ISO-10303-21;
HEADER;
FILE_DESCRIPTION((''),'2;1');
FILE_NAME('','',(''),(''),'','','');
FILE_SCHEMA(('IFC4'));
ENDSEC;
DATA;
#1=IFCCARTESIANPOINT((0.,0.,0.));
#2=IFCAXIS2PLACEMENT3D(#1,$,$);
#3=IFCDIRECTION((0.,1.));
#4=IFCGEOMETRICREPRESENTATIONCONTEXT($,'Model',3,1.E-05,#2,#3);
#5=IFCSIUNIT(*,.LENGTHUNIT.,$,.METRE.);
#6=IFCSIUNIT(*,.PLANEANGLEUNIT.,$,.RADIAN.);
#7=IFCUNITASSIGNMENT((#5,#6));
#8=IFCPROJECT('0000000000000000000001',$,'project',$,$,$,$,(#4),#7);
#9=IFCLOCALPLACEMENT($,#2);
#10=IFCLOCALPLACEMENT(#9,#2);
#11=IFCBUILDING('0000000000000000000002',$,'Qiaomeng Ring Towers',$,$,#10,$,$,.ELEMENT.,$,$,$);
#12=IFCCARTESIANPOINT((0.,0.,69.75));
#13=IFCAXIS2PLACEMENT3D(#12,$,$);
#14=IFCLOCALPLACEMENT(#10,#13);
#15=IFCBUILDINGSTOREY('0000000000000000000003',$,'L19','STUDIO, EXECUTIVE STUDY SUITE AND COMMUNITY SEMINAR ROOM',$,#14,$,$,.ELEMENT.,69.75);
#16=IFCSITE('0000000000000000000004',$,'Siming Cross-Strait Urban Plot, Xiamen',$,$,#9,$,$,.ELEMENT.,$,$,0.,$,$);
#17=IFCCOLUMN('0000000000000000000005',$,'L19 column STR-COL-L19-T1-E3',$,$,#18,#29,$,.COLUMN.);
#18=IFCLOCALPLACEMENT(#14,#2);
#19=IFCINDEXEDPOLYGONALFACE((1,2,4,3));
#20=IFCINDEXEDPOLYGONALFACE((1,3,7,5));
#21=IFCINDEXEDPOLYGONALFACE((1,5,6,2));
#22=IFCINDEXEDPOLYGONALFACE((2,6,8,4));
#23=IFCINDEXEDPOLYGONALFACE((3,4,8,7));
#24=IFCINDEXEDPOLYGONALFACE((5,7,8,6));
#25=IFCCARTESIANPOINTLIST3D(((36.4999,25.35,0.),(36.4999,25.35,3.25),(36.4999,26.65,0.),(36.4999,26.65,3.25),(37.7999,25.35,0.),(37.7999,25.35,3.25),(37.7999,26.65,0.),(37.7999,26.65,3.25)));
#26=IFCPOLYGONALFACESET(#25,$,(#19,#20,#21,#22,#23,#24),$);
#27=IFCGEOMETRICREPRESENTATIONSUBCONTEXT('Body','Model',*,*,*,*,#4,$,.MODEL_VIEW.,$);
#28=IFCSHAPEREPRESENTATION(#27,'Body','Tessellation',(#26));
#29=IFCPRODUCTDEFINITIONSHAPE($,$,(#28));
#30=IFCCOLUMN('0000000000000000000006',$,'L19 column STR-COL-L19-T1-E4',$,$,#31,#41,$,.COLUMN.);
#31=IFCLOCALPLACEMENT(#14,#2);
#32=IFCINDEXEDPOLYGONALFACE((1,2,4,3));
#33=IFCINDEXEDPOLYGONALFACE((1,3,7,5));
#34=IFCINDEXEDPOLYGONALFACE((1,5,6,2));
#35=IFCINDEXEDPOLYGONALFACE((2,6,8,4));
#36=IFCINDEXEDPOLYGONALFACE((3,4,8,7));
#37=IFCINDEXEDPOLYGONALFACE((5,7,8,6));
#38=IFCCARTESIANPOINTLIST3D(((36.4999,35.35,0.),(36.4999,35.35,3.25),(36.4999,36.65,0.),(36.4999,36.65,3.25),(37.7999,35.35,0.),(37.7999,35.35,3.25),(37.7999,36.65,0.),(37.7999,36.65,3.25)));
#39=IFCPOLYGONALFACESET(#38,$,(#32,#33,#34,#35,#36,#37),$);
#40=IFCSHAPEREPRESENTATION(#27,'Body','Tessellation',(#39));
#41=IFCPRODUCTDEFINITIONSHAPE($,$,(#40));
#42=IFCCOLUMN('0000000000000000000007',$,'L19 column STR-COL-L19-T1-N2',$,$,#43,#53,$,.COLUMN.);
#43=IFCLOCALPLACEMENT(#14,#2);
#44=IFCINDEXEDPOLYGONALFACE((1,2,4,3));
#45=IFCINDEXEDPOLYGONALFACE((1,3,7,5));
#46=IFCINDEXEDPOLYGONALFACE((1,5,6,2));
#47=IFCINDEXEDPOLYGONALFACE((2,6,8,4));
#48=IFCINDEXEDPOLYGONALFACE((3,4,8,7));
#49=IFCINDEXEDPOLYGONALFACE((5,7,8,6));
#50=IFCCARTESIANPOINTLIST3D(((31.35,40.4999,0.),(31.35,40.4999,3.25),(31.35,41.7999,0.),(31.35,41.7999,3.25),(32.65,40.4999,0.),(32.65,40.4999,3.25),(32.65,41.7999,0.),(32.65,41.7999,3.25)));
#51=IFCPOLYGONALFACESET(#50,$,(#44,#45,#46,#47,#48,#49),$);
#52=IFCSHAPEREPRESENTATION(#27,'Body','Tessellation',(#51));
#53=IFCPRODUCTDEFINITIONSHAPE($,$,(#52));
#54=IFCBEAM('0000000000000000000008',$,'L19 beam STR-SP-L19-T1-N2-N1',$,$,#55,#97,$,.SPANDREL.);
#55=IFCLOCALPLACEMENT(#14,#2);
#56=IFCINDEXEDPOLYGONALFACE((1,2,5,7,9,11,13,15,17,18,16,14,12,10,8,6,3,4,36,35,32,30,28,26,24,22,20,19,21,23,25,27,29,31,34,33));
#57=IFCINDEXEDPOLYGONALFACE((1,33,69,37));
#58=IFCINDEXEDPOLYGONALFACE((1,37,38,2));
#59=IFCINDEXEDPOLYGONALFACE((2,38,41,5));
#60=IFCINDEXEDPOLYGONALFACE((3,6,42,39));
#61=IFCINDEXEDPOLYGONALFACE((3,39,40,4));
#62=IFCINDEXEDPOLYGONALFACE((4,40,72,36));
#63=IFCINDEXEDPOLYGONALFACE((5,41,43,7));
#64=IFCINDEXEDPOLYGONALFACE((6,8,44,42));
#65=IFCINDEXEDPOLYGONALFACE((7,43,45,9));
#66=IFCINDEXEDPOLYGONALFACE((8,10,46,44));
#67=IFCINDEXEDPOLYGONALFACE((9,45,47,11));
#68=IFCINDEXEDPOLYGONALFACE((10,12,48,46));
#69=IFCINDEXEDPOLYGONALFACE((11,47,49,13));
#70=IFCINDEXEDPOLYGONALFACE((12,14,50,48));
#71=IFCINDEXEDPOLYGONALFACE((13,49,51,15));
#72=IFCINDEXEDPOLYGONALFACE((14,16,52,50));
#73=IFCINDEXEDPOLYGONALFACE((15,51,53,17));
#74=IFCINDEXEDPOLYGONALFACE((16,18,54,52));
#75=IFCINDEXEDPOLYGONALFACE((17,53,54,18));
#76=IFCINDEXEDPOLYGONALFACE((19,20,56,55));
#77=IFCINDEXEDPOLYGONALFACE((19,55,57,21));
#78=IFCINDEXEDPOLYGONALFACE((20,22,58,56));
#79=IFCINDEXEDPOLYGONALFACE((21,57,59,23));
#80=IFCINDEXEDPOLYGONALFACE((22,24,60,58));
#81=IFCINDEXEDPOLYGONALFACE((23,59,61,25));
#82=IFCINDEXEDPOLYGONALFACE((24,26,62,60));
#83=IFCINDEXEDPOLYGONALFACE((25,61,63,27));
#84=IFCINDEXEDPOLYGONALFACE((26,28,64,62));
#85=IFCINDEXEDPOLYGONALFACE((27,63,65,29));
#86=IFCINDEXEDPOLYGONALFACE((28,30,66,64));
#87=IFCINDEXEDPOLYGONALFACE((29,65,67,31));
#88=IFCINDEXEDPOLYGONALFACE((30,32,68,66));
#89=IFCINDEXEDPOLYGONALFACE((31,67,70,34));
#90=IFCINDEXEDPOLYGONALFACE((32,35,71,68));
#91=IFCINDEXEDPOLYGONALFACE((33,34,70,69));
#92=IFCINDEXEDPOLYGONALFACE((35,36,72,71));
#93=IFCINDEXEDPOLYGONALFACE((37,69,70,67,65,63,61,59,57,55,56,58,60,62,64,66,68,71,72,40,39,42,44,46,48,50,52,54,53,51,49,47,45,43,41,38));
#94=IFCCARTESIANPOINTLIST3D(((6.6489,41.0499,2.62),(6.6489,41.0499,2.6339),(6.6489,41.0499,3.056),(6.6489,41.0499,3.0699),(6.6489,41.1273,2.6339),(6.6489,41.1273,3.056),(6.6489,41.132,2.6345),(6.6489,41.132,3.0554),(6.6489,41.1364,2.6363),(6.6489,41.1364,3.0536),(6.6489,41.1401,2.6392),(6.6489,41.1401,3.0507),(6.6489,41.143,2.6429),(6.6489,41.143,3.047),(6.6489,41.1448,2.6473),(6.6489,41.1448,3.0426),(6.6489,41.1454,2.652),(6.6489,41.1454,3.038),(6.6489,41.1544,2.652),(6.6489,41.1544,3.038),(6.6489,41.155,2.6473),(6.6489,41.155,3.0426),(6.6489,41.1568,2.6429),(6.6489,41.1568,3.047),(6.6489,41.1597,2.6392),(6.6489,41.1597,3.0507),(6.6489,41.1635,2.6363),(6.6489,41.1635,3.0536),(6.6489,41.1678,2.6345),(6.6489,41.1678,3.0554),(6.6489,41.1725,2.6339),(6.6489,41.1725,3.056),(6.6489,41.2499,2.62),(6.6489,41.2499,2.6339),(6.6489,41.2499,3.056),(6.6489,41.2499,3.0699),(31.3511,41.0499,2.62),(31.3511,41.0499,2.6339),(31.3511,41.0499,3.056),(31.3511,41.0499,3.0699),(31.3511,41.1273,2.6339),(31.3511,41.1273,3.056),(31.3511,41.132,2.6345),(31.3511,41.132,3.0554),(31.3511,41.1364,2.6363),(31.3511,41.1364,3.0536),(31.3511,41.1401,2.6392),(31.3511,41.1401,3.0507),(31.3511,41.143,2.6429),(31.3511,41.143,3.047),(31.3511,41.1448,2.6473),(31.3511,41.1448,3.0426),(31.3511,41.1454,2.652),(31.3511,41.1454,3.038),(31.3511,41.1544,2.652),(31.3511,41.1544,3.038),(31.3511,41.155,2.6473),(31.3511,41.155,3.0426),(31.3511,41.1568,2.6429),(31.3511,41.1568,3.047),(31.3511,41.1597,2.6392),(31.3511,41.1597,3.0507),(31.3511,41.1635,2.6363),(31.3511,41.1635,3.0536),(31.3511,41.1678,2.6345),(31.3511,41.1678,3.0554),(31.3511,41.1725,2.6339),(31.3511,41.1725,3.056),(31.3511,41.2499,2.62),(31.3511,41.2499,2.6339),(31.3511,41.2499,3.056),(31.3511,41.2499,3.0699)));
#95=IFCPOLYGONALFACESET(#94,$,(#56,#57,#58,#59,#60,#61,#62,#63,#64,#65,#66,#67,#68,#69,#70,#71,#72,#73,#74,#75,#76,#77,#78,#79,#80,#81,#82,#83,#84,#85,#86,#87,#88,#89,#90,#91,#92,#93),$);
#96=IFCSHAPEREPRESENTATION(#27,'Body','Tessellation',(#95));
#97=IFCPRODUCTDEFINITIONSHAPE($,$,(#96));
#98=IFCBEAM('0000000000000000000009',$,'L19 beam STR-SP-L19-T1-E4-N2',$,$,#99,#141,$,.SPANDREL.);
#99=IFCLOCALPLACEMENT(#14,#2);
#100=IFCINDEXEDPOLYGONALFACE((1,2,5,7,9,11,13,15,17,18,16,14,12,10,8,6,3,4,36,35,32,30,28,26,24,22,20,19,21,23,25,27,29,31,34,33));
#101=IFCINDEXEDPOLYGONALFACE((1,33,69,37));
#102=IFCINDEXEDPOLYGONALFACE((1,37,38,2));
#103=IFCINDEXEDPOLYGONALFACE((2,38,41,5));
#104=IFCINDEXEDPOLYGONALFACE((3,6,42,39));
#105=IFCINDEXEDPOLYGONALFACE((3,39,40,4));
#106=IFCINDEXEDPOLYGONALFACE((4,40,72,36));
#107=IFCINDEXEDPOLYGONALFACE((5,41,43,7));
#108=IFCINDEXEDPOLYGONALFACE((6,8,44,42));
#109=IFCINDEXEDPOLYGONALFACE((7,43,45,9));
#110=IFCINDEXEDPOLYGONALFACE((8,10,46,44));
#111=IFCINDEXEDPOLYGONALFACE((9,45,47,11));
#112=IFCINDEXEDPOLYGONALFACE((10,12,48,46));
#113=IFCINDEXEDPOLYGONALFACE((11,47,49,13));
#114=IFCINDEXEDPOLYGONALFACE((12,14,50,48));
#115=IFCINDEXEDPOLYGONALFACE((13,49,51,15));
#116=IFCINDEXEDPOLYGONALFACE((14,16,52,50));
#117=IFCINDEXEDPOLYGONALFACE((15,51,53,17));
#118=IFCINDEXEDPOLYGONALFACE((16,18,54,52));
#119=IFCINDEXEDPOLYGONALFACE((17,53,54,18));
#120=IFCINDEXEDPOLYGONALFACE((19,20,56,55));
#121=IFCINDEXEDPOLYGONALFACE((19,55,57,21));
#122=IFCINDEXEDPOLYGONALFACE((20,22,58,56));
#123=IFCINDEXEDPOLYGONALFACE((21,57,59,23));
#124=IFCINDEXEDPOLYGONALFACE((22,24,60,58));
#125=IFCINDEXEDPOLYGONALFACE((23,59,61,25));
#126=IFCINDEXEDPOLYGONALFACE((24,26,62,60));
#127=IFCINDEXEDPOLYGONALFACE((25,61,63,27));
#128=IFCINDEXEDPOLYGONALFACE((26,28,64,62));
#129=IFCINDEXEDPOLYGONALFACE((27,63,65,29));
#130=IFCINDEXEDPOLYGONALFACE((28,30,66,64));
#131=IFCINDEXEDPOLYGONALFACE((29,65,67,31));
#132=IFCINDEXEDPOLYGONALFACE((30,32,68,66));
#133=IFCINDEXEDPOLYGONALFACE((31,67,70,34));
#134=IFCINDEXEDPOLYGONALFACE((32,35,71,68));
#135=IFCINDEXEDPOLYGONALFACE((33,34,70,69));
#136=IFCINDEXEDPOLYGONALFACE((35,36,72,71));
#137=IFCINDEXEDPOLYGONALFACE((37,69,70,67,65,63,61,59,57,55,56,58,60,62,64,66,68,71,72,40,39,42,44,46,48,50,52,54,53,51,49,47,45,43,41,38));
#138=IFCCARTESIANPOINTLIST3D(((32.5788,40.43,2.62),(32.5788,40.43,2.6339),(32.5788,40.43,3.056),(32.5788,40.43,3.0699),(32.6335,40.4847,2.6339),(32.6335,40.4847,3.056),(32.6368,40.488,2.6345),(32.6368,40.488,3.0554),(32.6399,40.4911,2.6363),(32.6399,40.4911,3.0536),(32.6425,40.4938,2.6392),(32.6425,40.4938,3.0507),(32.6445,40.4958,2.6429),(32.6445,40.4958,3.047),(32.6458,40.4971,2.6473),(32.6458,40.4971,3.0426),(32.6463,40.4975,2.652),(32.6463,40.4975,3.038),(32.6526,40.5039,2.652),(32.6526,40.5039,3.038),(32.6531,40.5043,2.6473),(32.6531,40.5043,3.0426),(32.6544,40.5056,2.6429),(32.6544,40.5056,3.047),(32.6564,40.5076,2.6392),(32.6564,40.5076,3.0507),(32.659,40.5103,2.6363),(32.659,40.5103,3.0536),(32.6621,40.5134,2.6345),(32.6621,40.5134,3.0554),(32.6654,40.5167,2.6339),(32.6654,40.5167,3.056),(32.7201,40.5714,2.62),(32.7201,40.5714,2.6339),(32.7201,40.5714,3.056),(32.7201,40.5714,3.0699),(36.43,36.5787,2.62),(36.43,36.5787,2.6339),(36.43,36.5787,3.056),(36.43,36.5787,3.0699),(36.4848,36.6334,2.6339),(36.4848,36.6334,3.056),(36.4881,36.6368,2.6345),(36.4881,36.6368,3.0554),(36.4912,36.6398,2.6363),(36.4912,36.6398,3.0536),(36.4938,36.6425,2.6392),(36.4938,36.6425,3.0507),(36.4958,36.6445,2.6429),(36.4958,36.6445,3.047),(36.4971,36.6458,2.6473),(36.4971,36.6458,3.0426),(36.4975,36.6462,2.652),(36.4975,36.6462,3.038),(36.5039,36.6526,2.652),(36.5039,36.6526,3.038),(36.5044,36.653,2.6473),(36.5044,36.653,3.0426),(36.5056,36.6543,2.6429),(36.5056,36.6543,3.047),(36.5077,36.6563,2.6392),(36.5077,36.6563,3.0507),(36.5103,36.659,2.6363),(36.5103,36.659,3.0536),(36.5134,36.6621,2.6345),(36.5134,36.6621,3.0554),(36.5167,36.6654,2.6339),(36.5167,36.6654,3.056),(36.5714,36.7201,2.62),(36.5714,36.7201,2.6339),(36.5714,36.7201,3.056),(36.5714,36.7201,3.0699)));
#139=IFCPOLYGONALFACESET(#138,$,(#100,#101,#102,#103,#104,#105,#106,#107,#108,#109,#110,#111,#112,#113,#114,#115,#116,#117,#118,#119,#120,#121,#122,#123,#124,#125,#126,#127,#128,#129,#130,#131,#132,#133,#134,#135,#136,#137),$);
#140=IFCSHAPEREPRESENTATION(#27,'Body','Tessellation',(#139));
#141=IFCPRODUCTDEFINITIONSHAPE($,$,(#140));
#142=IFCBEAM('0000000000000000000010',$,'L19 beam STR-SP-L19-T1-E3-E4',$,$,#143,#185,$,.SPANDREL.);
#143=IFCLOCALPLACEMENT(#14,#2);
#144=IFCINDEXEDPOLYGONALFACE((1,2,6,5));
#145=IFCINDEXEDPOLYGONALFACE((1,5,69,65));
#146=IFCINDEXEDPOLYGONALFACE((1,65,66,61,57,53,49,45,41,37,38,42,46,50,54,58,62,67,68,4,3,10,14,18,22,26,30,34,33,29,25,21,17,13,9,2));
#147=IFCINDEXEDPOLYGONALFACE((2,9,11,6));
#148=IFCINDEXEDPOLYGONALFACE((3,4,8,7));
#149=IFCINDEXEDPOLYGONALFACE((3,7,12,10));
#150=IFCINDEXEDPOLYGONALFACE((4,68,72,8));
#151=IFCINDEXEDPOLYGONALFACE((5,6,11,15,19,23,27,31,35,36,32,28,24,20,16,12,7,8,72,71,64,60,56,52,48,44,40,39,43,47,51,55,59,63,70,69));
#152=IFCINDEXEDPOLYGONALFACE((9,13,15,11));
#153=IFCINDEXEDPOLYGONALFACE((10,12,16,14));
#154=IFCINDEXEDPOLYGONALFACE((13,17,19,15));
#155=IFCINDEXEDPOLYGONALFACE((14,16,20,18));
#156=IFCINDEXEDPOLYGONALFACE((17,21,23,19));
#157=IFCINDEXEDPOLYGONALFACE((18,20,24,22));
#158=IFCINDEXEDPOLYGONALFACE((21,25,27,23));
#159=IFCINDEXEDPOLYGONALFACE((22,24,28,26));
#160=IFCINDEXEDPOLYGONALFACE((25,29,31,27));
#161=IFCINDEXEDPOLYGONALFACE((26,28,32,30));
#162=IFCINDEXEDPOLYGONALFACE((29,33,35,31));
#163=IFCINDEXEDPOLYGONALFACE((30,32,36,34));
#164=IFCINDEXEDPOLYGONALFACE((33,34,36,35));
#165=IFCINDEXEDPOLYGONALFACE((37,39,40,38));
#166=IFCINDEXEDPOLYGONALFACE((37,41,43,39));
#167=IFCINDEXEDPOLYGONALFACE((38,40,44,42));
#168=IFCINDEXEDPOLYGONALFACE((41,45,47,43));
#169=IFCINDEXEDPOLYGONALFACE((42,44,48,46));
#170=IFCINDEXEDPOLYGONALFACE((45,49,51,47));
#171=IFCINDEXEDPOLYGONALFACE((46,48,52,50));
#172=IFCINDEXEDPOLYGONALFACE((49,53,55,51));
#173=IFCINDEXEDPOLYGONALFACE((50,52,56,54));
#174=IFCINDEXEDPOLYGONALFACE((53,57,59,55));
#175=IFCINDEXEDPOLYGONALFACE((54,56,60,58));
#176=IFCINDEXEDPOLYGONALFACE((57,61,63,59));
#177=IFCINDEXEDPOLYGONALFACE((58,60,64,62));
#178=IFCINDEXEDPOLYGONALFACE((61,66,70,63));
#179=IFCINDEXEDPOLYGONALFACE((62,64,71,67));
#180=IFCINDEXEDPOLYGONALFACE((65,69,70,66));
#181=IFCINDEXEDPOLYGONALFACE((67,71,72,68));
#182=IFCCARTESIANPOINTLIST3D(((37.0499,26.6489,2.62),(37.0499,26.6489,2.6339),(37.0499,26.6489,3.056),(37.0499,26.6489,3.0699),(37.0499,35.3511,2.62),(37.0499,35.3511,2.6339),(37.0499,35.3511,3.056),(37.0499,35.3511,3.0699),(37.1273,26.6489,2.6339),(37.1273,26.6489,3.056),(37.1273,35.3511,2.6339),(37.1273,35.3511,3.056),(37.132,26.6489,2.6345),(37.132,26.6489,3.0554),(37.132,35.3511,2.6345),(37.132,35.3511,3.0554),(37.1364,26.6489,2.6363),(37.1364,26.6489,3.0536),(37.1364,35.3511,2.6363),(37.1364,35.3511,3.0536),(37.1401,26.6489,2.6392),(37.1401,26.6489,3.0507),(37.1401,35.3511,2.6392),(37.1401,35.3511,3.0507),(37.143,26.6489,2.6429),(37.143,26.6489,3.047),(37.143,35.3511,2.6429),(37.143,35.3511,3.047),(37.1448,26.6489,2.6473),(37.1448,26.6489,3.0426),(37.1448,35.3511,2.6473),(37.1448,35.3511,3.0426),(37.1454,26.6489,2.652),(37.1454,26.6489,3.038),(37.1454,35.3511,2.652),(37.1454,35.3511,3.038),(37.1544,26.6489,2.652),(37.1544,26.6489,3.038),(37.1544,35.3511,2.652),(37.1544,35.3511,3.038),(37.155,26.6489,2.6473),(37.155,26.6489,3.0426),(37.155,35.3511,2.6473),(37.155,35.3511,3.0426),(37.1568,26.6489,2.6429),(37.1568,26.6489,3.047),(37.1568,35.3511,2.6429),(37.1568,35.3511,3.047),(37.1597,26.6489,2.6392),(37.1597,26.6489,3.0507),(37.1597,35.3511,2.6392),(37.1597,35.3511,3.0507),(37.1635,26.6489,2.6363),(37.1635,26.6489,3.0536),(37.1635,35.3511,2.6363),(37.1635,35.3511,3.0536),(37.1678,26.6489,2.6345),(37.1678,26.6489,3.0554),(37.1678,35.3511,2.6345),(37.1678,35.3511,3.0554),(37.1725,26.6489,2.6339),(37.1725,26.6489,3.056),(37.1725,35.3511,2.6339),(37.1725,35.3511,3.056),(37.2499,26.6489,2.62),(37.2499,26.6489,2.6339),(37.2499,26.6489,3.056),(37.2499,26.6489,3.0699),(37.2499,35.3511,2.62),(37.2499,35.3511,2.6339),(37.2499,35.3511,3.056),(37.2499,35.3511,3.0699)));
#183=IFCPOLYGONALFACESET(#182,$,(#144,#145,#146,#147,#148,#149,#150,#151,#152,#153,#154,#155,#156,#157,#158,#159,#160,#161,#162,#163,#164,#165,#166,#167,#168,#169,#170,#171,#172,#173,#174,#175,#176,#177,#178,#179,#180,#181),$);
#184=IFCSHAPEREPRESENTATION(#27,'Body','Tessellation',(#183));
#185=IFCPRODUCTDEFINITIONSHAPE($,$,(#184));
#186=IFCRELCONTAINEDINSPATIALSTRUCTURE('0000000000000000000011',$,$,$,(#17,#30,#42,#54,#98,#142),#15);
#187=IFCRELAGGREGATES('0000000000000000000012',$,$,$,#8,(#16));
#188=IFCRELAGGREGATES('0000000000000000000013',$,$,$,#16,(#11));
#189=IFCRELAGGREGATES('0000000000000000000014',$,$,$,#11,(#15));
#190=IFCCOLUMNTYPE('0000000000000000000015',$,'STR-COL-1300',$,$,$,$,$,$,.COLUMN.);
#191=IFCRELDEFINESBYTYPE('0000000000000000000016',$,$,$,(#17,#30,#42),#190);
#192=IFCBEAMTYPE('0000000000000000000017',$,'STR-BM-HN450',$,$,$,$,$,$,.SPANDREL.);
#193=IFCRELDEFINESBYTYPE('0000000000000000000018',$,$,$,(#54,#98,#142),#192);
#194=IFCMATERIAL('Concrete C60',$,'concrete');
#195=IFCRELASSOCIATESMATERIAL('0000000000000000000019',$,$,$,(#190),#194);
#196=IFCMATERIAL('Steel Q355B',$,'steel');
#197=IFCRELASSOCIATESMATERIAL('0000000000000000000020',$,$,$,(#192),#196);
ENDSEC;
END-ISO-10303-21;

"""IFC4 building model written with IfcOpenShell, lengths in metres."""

from ifc_helpers import new_model, si_unit, direction, frame, origin, origin_2d, place, context, subcontext, project, spatial, rectangle, i_section, extrude, source, transform, mapped, material, material_profile, profile_set, type_object, element, save


model = new_model("IFC4")

# Units and contexts
model_context = context("Model", 3, precision=1e-05, world=origin(), true_north=direction((0.0, 1.0)))
body_context = subcontext(model_context, "Body", "Model", "MODEL_VIEW")
ifc_project = project(units=[si_unit("LENGTHUNIT", "METRE"), si_unit("PLANEANGLEUNIT", "RADIAN")], contexts=[model_context])

# Site, building, storey
site_placement = place(None, origin())
site = spatial("IfcSite", under=ifc_project, at=site_placement, Name="Siming Cross-Strait Urban Plot, Xiamen", CompositionType="ELEMENT", RefElevation=0.0)
building_placement = place(site_placement, origin())
building = spatial("IfcBuilding", under=site, at=building_placement, Name="Qiaomeng Ring Towers", CompositionType="ELEMENT")
storey_placement = place(building_placement, frame((0.0, 0.0, 69.75)))
storey = spatial("IfcBuildingStorey", under=building, at=storey_placement, Name="L19", Description="STUDIO, EXECUTIVE STUDY SUITE AND COMMUNITY SEMINAR ROOM", CompositionType="ELEMENT", Elevation=69.75)

# Columns
ifc_material_1 = material(Name="Concrete C60", Category="concrete")
ifc_material_profile_1 = material_profile(ifc_material_1, rectangle(XDim=1.3, YDim=1.3, at=origin_2d()), Name="RC COL 1300x1300")
ifc_profile_set_1 = profile_set([ifc_material_profile_1], Name="Concrete C60")
column_type = type_object("IfcColumnType", Name="STR-COL-1300", PredefinedType="COLUMN", material=ifc_profile_set_1)
shared_shape_1 = source(origin(), body_context, "Body", "SweptSolid", [
    extrude(rectangle(XDim=1.3, YDim=1.3, at=origin_2d()), origin(), (0.0, 0.0, 1.0), 3.25),
])
for number, where, z_axis, x_axis, name in (
    (1, (37.1499, 26.0, 0.0), (0.0, 0.0, 1.0), (1.0, 0.0, 0.0), "L19 column STR-COL-L19-T1-E3"),
    (2, (37.1499, 36.0, 0.0), (0.0, 0.0, 1.0), (1.0, 0.0, 0.0), "L19 column STR-COL-L19-T1-E4"),
    (3, (32.0, 41.1499, 0.0), (0.0, 0.0, 1.0), (1.0, 0.0, 0.0), "L19 column STR-COL-L19-T1-N2"),
):
    element("IfcColumn", number, at=place(storey_placement, frame(where, z_axis=z_axis, x_axis=x_axis)), inside=storey, type_object=column_type, Name=name, PredefinedType="COLUMN", context=body_context, shape_type="MappedRepresentation", body=[
        mapped(shared_shape_1, transform((0.0, 0.0, 0.0), x_axis=(1.0, 0.0, 0.0), y_axis=(0.0, 1.0, 0.0), z_axis=(0.0, 0.0, 1.0), scale=1.0)),
    ])

# Beams
ifc_material_2 = material(Name="Steel Q355B", Category="steel")
ifc_material_profile_2 = material_profile(ifc_material_2, i_section(OverallWidth=0.2, OverallDepth=0.45, WebThickness=0.009, FlangeThickness=0.0139, FilletRadius=0.0181, at=origin_2d()), Name="HN 450x200x9x14")
ifc_profile_set_2 = profile_set([ifc_material_profile_2], Name="Steel Q355B")
beam_type_1 = type_object("IfcBeamType", Name="STR-BM-HN450", PredefinedType="SPANDREL", material=ifc_profile_set_2)
shared_shape_2 = source(origin(), body_context, "Body", "SweptSolid", [
    extrude(i_section(OverallWidth=0.2, OverallDepth=0.45, WebThickness=0.009, FlangeThickness=0.0139, FilletRadius=0.0181, at=origin_2d()), origin(), (0.0, 0.0, 1.0), 24.7021),
])
beam_1_placement = place(storey_placement, frame((31.3511, 41.1499, 2.845), z_axis=(-1.0, 0.0, 0.0), x_axis=(0.0, -1.0, 0.0)))
element("IfcBeam", 4, at=beam_1_placement, inside=storey, type_object=beam_type_1, Name="L19 beam STR-SP-L19-T1-N2-N1", PredefinedType="SPANDREL", context=body_context, shape_type="MappedRepresentation", body=[
    mapped(shared_shape_2, transform((0.0, 0.0, 0.0), x_axis=(1.0, 0.0, 0.0), y_axis=(0.0, 1.0, 0.0), z_axis=(0.0, 0.0, 1.0), scale=1.0)),
])
shared_shape_3 = source(origin(), body_context, "Body", "SweptSolid", [
    extrude(i_section(OverallWidth=0.2, OverallDepth=0.45, WebThickness=0.009, FlangeThickness=0.0139, FilletRadius=0.0181, at=origin_2d()), origin(), (0.0, 0.0, 1.0), 5.4465),
])
beam_2_placement = place(storey_placement, frame((36.5007, 36.6494, 2.845), z_axis=(-0.707107, 0.707107, 0.0), x_axis=(-0.707107, -0.707107, 0.0)))
element("IfcBeam", 5, at=beam_2_placement, inside=storey, type_object=beam_type_1, Name="L19 beam STR-SP-L19-T1-E4-N2", PredefinedType="SPANDREL", context=body_context, shape_type="MappedRepresentation", body=[
    mapped(shared_shape_3, transform((0.0, 0.0, 0.0), x_axis=(1.0, 0.0, 0.0), y_axis=(0.0, 1.0, 0.0), z_axis=(0.0, 0.0, 1.0), scale=1.0)),
])
shared_shape_4 = source(origin(), body_context, "Body", "SweptSolid", [
    extrude(i_section(OverallWidth=0.2, OverallDepth=0.45, WebThickness=0.009, FlangeThickness=0.0139, FilletRadius=0.0181, at=origin_2d()), origin(), (0.0, 0.0, 1.0), 8.7021),
])
beam_3_placement = place(storey_placement, frame((37.1499, 26.6489, 2.845), z_axis=(0.0, 1.0, 0.0), x_axis=(-1.0, 0.0, 0.0)))
element("IfcBeam", 6, at=beam_3_placement, inside=storey, type_object=beam_type_1, Name="L19 beam STR-SP-L19-T1-E3-E4", PredefinedType="SPANDREL", context=body_context, shape_type="MappedRepresentation", body=[
    mapped(shared_shape_4, transform((0.0, 0.0, 0.0), x_axis=(1.0, 0.0, 0.0), y_axis=(0.0, 1.0, 0.0), z_axis=(0.0, 0.0, 1.0), scale=1.0)),
])

save(model, "model.ifc")
